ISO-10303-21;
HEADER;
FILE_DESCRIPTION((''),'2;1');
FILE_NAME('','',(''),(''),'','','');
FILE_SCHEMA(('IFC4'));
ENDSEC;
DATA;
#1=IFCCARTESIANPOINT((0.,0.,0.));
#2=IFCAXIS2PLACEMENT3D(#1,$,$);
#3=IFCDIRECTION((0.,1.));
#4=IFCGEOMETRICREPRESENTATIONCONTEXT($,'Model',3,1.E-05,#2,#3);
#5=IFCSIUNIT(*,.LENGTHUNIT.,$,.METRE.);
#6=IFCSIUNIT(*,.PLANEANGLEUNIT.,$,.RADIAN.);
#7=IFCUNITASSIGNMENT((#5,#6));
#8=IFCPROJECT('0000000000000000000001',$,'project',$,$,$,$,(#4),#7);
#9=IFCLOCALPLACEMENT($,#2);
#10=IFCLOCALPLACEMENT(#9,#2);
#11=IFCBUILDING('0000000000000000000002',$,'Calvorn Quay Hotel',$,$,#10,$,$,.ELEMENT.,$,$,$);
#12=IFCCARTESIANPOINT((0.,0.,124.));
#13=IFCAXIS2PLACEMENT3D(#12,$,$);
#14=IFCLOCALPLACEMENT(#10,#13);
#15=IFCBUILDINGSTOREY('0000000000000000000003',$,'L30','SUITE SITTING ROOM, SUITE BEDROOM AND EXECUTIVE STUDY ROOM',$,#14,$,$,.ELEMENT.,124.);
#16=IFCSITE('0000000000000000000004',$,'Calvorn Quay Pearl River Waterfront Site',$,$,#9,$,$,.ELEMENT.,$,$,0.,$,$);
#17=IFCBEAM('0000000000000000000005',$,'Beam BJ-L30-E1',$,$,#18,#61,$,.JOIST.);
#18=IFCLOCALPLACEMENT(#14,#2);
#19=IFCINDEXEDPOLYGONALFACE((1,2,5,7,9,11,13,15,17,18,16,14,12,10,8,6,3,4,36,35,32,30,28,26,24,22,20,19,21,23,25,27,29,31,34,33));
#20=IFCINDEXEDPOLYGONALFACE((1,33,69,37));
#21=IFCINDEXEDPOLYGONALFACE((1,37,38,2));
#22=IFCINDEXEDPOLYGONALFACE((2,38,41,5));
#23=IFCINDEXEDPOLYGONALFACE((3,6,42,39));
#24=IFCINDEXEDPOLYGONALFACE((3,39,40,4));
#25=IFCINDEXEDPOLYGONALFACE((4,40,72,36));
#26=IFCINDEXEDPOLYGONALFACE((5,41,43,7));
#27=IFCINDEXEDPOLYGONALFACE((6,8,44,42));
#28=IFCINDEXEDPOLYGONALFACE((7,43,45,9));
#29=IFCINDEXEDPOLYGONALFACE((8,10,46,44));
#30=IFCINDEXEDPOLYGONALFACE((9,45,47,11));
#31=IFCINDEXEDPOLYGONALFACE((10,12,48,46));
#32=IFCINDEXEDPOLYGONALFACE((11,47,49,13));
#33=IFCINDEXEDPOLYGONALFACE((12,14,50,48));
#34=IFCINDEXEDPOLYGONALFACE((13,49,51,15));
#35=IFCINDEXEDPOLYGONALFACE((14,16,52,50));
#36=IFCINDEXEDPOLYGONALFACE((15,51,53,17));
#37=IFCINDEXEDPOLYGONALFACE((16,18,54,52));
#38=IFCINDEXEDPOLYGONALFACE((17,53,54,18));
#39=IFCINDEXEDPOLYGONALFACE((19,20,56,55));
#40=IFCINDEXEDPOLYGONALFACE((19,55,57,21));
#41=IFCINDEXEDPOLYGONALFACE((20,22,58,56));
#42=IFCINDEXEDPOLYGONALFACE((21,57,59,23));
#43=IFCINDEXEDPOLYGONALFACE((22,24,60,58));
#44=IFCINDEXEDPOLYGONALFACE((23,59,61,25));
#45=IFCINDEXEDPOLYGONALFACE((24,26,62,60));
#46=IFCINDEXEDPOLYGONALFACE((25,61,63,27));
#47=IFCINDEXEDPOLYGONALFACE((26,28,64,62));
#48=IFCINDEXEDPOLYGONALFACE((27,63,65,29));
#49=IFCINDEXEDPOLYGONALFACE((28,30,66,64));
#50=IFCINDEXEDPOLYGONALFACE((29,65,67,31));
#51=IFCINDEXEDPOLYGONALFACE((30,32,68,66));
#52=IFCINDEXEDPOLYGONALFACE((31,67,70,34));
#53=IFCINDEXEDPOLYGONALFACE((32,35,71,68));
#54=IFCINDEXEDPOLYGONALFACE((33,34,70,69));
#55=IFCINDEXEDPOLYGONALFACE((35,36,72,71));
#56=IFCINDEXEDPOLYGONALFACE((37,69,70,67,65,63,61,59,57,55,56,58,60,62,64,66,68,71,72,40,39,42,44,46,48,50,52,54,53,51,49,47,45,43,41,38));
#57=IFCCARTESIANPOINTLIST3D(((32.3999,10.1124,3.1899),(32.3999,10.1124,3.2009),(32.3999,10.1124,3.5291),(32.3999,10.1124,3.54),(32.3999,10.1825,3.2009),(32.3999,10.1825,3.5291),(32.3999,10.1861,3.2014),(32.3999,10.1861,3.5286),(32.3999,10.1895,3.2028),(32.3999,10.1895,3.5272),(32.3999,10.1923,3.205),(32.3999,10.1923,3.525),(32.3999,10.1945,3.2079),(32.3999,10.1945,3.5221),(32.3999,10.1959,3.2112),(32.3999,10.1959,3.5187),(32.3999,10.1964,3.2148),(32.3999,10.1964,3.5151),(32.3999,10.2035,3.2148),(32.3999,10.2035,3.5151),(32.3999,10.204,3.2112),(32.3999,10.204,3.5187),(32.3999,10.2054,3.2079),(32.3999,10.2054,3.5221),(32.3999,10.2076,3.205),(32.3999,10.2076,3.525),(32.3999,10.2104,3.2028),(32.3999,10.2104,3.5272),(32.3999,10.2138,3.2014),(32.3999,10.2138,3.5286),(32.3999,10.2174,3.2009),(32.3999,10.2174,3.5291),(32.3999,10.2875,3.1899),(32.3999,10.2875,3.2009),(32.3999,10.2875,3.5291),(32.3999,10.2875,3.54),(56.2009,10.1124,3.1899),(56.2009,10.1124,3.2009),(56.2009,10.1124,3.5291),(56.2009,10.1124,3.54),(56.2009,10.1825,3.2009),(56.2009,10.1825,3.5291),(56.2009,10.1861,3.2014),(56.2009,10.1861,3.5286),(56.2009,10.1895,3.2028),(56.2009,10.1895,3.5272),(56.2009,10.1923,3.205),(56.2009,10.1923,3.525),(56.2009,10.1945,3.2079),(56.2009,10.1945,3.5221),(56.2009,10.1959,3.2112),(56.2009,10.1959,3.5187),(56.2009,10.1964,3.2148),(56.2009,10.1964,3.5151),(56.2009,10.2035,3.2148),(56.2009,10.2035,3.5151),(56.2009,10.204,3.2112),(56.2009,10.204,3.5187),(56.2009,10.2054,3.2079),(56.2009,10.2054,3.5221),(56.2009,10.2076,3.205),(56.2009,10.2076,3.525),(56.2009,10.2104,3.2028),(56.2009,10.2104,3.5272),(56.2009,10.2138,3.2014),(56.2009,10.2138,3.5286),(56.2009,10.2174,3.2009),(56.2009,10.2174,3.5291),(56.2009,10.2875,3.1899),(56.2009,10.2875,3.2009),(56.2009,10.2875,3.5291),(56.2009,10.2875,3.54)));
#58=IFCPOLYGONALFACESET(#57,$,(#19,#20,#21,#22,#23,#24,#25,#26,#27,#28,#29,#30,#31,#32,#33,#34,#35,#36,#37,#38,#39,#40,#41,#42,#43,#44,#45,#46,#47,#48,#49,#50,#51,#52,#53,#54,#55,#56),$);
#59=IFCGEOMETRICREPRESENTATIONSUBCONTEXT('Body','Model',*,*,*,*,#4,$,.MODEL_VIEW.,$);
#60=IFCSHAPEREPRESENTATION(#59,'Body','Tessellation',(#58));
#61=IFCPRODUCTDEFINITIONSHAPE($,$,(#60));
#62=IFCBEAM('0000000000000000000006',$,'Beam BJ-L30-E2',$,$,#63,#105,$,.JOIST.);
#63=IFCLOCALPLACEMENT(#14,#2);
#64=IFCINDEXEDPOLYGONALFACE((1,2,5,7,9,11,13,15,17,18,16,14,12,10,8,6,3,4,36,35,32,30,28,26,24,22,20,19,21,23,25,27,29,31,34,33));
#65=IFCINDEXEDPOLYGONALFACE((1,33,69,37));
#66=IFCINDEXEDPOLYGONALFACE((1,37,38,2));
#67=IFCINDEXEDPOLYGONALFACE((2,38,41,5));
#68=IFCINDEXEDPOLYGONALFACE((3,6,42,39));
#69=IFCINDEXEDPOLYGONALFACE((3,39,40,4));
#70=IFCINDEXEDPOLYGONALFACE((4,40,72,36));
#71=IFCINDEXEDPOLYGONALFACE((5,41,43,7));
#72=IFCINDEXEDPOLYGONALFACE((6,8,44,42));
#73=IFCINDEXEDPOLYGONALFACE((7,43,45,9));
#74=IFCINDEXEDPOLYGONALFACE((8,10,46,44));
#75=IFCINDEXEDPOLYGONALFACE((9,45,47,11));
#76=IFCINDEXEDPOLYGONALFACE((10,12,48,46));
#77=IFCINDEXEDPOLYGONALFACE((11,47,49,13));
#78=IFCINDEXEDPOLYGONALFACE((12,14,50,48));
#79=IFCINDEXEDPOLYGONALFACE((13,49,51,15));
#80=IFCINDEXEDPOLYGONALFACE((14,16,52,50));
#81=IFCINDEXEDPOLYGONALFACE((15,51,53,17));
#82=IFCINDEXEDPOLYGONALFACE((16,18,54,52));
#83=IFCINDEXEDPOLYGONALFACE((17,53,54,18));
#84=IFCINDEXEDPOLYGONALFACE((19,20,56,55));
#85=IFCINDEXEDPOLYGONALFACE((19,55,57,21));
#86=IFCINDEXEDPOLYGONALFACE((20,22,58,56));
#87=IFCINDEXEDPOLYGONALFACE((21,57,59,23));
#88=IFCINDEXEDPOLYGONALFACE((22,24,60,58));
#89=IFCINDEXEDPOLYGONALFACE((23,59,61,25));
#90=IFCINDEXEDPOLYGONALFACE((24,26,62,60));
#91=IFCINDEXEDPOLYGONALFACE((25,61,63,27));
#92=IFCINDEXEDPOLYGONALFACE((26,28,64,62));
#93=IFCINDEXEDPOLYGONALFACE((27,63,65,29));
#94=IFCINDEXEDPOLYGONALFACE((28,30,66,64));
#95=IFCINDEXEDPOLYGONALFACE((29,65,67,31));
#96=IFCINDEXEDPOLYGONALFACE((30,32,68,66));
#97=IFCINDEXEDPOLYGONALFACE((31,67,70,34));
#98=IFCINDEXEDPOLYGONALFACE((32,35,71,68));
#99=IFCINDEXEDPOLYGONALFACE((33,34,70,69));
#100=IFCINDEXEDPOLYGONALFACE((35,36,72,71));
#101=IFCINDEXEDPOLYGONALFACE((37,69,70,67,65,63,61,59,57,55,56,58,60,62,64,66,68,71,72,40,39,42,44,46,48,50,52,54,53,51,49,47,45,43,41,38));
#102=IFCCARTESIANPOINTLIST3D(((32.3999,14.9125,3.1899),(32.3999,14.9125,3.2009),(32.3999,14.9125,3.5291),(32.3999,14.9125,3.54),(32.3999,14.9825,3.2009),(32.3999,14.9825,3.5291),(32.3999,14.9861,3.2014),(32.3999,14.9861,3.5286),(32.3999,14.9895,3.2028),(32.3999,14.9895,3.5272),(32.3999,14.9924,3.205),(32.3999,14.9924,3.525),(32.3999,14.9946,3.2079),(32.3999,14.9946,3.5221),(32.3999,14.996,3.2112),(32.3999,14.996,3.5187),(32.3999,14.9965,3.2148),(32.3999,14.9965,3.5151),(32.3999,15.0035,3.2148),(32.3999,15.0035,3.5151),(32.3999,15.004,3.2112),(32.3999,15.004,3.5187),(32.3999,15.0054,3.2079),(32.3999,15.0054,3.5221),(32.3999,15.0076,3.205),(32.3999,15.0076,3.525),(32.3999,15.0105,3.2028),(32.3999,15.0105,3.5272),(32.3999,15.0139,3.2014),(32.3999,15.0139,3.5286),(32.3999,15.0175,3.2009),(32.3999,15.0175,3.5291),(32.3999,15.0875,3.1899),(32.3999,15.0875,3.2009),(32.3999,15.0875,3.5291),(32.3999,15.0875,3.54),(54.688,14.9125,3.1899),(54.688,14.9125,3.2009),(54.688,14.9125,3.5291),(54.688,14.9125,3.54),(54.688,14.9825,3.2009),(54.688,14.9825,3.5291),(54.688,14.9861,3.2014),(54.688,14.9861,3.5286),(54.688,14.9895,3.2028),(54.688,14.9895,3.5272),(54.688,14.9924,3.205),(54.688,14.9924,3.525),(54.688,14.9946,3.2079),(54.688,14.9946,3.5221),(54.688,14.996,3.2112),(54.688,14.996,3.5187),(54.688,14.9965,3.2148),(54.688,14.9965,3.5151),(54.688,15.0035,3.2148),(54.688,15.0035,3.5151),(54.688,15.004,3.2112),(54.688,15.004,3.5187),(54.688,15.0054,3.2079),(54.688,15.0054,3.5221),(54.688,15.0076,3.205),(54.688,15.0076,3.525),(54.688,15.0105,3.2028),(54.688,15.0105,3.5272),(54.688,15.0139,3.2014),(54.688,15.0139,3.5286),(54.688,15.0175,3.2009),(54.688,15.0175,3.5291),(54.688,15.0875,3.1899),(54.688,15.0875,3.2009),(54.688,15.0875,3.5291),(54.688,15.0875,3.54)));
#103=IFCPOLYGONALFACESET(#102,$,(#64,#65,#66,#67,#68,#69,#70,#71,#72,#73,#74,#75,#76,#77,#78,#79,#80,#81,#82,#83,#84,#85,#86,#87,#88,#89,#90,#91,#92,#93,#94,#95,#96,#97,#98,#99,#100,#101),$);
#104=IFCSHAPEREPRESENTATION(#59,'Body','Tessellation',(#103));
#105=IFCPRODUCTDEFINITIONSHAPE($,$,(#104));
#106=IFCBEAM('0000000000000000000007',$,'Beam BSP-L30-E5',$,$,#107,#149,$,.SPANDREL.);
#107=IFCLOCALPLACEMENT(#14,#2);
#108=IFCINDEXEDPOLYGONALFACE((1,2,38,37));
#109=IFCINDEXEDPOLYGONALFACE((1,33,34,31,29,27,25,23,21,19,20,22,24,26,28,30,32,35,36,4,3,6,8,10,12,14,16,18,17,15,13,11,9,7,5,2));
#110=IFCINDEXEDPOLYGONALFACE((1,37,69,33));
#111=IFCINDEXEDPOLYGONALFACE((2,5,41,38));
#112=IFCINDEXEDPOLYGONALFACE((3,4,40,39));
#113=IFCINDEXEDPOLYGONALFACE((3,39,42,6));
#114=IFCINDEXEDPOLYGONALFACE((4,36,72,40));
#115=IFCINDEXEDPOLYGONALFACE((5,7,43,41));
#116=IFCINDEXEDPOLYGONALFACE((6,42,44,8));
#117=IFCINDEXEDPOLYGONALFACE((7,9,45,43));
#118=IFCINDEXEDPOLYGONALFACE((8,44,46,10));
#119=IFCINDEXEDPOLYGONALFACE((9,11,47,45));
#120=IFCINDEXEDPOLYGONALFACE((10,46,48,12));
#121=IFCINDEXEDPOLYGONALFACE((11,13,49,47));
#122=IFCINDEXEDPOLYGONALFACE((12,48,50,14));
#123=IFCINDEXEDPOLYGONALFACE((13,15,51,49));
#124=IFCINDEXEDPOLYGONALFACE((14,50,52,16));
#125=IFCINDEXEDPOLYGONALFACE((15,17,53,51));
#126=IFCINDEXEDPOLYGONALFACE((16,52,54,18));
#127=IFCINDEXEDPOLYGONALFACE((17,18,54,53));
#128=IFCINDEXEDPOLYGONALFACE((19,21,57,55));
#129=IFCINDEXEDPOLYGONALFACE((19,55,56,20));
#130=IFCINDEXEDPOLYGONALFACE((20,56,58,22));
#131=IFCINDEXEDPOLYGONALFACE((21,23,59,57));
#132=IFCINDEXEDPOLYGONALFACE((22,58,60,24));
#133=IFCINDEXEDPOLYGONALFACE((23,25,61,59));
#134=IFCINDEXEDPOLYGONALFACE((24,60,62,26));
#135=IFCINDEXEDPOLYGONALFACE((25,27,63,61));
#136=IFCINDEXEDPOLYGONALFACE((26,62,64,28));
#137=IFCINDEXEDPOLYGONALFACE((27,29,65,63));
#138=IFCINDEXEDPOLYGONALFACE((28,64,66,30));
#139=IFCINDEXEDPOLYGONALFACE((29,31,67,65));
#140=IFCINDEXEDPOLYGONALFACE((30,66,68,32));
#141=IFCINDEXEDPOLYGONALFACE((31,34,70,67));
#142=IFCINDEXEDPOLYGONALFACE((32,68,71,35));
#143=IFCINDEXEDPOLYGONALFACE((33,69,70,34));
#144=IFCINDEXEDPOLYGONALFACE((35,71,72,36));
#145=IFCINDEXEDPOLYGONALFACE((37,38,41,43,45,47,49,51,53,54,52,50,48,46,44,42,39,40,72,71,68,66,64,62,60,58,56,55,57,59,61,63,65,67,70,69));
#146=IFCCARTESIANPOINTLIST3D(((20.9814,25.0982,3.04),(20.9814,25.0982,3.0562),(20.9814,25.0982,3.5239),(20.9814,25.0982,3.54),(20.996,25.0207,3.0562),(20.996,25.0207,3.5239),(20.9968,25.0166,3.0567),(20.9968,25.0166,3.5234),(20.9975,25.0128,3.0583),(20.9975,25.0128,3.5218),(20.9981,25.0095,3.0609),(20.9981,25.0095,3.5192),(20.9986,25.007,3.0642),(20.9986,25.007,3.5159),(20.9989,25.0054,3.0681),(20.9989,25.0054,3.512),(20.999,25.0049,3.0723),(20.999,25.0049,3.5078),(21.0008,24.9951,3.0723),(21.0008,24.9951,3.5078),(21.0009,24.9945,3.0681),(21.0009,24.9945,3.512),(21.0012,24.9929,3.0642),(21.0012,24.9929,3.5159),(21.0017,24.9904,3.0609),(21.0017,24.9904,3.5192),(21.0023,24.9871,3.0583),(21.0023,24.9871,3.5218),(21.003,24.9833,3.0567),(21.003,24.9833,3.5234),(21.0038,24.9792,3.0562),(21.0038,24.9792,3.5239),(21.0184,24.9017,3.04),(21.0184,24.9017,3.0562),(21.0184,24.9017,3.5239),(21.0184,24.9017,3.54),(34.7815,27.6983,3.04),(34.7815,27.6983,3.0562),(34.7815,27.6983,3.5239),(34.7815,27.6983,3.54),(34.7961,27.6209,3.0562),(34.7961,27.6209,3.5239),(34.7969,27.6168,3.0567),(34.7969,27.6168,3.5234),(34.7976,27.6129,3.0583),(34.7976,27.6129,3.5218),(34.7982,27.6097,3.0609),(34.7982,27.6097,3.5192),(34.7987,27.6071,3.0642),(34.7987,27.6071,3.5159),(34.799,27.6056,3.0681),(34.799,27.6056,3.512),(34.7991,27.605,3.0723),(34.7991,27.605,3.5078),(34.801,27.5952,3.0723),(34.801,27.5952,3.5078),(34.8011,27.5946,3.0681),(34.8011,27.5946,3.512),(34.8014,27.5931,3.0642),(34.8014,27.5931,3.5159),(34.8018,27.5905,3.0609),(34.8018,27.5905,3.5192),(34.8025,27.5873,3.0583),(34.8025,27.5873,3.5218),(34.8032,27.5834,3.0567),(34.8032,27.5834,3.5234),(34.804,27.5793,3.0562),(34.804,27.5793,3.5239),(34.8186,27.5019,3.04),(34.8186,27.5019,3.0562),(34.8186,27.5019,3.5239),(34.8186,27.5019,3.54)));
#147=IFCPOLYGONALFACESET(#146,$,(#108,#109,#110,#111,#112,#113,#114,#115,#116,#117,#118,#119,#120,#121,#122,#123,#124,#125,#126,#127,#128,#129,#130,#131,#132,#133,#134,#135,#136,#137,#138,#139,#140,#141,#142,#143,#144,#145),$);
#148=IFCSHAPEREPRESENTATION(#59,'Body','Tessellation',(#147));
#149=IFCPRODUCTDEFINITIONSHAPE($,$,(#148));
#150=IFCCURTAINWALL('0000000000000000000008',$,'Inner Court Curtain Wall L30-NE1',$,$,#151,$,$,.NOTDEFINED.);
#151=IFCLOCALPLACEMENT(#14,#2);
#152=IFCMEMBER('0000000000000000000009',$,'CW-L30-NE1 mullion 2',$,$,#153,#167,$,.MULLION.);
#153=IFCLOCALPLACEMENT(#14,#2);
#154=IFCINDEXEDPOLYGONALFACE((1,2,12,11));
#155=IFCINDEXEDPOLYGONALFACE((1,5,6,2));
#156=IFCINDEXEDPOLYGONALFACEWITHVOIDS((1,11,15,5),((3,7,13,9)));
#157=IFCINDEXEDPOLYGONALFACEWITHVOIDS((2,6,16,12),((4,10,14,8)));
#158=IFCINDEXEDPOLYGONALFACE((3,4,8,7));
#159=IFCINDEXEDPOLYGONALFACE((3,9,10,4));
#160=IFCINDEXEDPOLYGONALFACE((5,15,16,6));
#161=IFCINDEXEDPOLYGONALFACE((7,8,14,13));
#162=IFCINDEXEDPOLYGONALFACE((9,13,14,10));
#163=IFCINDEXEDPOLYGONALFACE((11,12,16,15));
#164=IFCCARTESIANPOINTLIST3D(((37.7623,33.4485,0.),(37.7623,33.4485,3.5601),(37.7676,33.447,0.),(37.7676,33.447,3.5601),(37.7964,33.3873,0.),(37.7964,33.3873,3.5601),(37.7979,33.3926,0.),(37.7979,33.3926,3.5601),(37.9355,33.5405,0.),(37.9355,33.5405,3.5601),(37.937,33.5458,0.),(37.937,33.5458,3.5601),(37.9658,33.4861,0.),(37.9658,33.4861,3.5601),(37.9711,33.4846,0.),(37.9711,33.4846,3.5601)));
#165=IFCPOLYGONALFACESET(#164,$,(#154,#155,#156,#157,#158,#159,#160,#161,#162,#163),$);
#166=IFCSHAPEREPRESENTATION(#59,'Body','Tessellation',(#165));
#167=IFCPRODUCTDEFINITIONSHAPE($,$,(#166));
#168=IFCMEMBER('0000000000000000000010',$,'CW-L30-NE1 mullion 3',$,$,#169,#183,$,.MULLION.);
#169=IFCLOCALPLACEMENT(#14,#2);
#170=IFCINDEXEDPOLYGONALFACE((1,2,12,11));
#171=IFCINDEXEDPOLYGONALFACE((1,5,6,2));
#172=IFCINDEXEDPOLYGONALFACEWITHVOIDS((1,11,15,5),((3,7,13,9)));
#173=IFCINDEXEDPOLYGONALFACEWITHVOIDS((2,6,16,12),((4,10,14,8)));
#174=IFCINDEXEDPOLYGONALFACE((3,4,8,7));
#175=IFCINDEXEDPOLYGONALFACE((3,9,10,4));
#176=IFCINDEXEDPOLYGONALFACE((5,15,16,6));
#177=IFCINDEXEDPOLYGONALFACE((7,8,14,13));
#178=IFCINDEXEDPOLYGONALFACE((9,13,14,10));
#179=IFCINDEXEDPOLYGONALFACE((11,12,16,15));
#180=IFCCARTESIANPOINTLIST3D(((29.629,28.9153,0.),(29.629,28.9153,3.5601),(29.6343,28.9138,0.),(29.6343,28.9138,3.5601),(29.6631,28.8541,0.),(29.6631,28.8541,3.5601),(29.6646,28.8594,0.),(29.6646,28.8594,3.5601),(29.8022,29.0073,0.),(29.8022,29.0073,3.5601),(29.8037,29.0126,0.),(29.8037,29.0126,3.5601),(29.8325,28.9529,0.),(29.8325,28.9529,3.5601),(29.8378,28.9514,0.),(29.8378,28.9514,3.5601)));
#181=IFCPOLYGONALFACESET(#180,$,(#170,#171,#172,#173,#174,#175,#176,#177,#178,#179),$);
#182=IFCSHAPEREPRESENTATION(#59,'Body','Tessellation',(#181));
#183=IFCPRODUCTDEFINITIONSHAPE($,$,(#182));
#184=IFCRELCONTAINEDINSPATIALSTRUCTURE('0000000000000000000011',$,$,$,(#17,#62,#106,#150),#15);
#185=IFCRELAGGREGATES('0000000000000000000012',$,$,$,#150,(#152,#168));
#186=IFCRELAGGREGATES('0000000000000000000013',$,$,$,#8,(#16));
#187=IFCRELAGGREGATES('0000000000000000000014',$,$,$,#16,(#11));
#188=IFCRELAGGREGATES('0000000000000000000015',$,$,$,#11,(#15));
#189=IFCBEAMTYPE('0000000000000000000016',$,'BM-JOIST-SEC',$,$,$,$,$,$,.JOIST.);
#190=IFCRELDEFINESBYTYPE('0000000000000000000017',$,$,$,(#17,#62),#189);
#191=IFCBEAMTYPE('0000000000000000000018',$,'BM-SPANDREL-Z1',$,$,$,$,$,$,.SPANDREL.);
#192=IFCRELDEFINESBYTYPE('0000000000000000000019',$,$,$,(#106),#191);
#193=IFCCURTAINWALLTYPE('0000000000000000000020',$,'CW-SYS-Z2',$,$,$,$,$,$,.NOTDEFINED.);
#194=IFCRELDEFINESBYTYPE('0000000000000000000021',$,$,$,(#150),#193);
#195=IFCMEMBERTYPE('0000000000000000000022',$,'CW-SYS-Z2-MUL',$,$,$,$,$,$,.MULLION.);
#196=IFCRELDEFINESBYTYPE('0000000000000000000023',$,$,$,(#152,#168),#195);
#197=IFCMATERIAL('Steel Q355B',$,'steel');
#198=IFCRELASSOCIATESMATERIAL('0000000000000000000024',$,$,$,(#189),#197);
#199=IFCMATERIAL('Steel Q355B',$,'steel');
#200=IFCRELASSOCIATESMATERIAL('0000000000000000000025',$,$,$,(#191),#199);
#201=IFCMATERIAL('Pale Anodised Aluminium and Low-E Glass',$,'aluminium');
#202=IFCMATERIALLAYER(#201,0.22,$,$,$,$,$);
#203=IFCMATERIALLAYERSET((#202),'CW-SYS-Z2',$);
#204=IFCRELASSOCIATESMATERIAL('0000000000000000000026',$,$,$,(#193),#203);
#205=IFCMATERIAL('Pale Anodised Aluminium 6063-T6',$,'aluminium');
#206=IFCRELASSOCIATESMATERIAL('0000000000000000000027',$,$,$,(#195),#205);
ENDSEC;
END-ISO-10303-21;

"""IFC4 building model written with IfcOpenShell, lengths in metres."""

from ifc_helpers import new_model, si_unit, direction, frame, origin, origin_2d, place, context, subcontext, project, spatial, hollow_rectangle, i_section, extrude, material, layer, layer_set, material_profile, profile_set, type_object, element, aggregate, save


model = new_model("IFC4")

# Units and contexts
model_context = context("Model", 3, precision=1e-05, world=origin(), true_north=direction((0.0, 1.0)))
body_context = subcontext(model_context, "Body", "Model", "MODEL_VIEW")
ifc_project = project(units=[si_unit("LENGTHUNIT", "METRE"), si_unit("PLANEANGLEUNIT", "RADIAN")], contexts=[model_context])

# Site, building, storey
site_placement = place(None, origin())
site = spatial("IfcSite", under=ifc_project, at=site_placement, Name="Calvorn Quay Pearl River Waterfront Site", CompositionType="ELEMENT", RefElevation=0.0)
building_placement = place(site_placement, origin())
building = spatial("IfcBuilding", under=site, at=building_placement, Name="Calvorn Quay Hotel", CompositionType="ELEMENT")
storey_placement = place(building_placement, frame((0.0, 0.0, 124.0)))
storey = spatial("IfcBuildingStorey", under=building, at=storey_placement, Name="L30", Description="SUITE SITTING ROOM, SUITE BEDROOM AND EXECUTIVE STUDY ROOM", CompositionType="ELEMENT", Elevation=124.0)

# Beams
ifc_material_1 = material(Name="Steel Q355B", Category="steel")
ifc_material_profile_1 = material_profile(ifc_material_1, i_section(OverallWidth=0.175, OverallDepth=0.3501, WebThickness=0.0071, FlangeThickness=0.011, FilletRadius=0.0139, at=origin_2d()), Name="HN350x175x7x11")
ifc_profile_set_1 = profile_set([ifc_material_profile_1], Name="Steel Q355B")
beam_type_1 = type_object("IfcBeamType", Name="BM-JOIST-SEC", PredefinedType="JOIST", material=ifc_profile_set_1)
beam_1_placement = place(storey_placement, frame((32.3999, 10.2, 3.365), z_axis=(1.0, 0.0, 0.0), x_axis=(0.0, 1.0, 0.0)))
element("IfcBeam", 1, at=beam_1_placement, inside=storey, type_object=beam_type_1, Name="Beam BJ-L30-E1", PredefinedType="JOIST", context=body_context, shape_type="SweptSolid", body=[
    extrude(i_section(OverallWidth=0.175, OverallDepth=0.3501, WebThickness=0.0071, FlangeThickness=0.011, FilletRadius=0.0139, at=origin_2d()), origin(), (0.0, 0.0, 1.0), 23.801),
])
beam_2_placement = place(storey_placement, frame((32.3999, 15.0, 3.365), z_axis=(1.0, 0.0, 0.0), x_axis=(0.0, 1.0, 0.0)))
element("IfcBeam", 2, at=beam_2_placement, inside=storey, type_object=beam_type_1, Name="Beam BJ-L30-E2", PredefinedType="JOIST", context=body_context, shape_type="SweptSolid", body=[
    extrude(i_section(OverallWidth=0.175, OverallDepth=0.3501, WebThickness=0.0071, FlangeThickness=0.011, FilletRadius=0.0139, at=origin_2d()), origin(), (0.0, 0.0, 1.0), 22.2881),
])
ifc_material_2 = material(Name="Steel Q355B", Category="steel")
ifc_material_profile_2 = material_profile(ifc_material_2, i_section(OverallWidth=0.2, OverallDepth=0.5, WebThickness=0.01, FlangeThickness=0.0161, FilletRadius=0.0161, at=origin_2d()), Name="HN500x200x10x16")
ifc_profile_set_2 = profile_set([ifc_material_profile_2], Name="Steel Q355B")
beam_type_2 = type_object("IfcBeamType", Name="BM-SPANDREL-Z1", PredefinedType="SPANDREL", material=ifc_profile_set_2)
beam_3_placement = place(storey_placement, frame((34.8, 27.6001, 3.29), z_axis=(-0.982709, -0.185154, 0.0), x_axis=(0.185154, -0.982709, 0.0)))
element("IfcBeam", 3, at=beam_3_placement, inside=storey, type_object=beam_type_2, Name="Beam BSP-L30-E5", PredefinedType="SPANDREL", context=body_context, shape_type="SweptSolid", body=[
    extrude(i_section(OverallWidth=0.2, OverallDepth=0.5, WebThickness=0.01, FlangeThickness=0.0161, FilletRadius=0.0161, at=origin_2d()), origin(), (0.0, 0.0, 1.0), 14.043),
])

# Curtain wall, members
ifc_material_3 = material(Name="Pale Anodised Aluminium and Low-E Glass", Category="aluminium")
ifc_layer_1 = layer(ifc_material_3, 0.22)
ifc_layer_set_1 = layer_set([ifc_layer_1], Name="CW-SYS-Z2")
curtain_wall_type = type_object("IfcCurtainWallType", Name="CW-SYS-Z2", PredefinedType="NOTDEFINED", material=ifc_layer_set_1)
curtain_wall_placement = place(storey_placement, origin())
curtain_wall = element("IfcCurtainWall", 4, at=curtain_wall_placement, inside=storey, type_object=curtain_wall_type, Name="Inner Court Curtain Wall L30-NE1", PredefinedType="NOTDEFINED")
ifc_material_4 = material(Name="Pale Anodised Aluminium 6063-T6", Category="aluminium")
ifc_material_profile_3 = material_profile(ifc_material_4, hollow_rectangle(XDim=0.0701, YDim=0.2, WallThickness=0.0039, at=origin_2d()), Name="ALU-M200x70x4")
ifc_profile_set_3 = profile_set([ifc_material_profile_3], Name="Pale Anodised Aluminium 6063-T6")
member_type_1 = type_object("IfcMemberType", Name="CW-SYS-Z2-MUL", PredefinedType="MULLION", material=ifc_profile_set_3)
member_1_placement = place(storey_placement, frame((37.8667, 33.4666, 0.0), z_axis=(0.0, 0.0, 1.0), x_axis=(0.486858, -0.873481, 0.0)))
member_1 = element("IfcMember", 5, at=member_1_placement, type_object=member_type_1, Name="CW-L30-NE1 mullion 2", PredefinedType="MULLION", context=body_context, shape_type="SweptSolid", body=[
    extrude(hollow_rectangle(XDim=0.0701, YDim=0.2, WallThickness=0.0039, at=origin_2d()), origin(), (0.0, 0.0, 1.0), 3.5601),
])
member_2_placement = place(storey_placement, frame((29.7334, 28.9333, 0.0), z_axis=(0.0, 0.0, 1.0), x_axis=(0.486858, -0.873481, 0.0)))
member_2 = element("IfcMember", 6, at=member_2_placement, type_object=member_type_1, Name="CW-L30-NE1 mullion 3", PredefinedType="MULLION", context=body_context, shape_type="SweptSolid", body=[
    extrude(hollow_rectangle(XDim=0.0701, YDim=0.2, WallThickness=0.0039, at=origin_2d()), origin(), (0.0, 0.0, 1.0), 3.5601),
])
aggregate(curtain_wall, [member_1, member_2])

save(model, "model.ifc")
